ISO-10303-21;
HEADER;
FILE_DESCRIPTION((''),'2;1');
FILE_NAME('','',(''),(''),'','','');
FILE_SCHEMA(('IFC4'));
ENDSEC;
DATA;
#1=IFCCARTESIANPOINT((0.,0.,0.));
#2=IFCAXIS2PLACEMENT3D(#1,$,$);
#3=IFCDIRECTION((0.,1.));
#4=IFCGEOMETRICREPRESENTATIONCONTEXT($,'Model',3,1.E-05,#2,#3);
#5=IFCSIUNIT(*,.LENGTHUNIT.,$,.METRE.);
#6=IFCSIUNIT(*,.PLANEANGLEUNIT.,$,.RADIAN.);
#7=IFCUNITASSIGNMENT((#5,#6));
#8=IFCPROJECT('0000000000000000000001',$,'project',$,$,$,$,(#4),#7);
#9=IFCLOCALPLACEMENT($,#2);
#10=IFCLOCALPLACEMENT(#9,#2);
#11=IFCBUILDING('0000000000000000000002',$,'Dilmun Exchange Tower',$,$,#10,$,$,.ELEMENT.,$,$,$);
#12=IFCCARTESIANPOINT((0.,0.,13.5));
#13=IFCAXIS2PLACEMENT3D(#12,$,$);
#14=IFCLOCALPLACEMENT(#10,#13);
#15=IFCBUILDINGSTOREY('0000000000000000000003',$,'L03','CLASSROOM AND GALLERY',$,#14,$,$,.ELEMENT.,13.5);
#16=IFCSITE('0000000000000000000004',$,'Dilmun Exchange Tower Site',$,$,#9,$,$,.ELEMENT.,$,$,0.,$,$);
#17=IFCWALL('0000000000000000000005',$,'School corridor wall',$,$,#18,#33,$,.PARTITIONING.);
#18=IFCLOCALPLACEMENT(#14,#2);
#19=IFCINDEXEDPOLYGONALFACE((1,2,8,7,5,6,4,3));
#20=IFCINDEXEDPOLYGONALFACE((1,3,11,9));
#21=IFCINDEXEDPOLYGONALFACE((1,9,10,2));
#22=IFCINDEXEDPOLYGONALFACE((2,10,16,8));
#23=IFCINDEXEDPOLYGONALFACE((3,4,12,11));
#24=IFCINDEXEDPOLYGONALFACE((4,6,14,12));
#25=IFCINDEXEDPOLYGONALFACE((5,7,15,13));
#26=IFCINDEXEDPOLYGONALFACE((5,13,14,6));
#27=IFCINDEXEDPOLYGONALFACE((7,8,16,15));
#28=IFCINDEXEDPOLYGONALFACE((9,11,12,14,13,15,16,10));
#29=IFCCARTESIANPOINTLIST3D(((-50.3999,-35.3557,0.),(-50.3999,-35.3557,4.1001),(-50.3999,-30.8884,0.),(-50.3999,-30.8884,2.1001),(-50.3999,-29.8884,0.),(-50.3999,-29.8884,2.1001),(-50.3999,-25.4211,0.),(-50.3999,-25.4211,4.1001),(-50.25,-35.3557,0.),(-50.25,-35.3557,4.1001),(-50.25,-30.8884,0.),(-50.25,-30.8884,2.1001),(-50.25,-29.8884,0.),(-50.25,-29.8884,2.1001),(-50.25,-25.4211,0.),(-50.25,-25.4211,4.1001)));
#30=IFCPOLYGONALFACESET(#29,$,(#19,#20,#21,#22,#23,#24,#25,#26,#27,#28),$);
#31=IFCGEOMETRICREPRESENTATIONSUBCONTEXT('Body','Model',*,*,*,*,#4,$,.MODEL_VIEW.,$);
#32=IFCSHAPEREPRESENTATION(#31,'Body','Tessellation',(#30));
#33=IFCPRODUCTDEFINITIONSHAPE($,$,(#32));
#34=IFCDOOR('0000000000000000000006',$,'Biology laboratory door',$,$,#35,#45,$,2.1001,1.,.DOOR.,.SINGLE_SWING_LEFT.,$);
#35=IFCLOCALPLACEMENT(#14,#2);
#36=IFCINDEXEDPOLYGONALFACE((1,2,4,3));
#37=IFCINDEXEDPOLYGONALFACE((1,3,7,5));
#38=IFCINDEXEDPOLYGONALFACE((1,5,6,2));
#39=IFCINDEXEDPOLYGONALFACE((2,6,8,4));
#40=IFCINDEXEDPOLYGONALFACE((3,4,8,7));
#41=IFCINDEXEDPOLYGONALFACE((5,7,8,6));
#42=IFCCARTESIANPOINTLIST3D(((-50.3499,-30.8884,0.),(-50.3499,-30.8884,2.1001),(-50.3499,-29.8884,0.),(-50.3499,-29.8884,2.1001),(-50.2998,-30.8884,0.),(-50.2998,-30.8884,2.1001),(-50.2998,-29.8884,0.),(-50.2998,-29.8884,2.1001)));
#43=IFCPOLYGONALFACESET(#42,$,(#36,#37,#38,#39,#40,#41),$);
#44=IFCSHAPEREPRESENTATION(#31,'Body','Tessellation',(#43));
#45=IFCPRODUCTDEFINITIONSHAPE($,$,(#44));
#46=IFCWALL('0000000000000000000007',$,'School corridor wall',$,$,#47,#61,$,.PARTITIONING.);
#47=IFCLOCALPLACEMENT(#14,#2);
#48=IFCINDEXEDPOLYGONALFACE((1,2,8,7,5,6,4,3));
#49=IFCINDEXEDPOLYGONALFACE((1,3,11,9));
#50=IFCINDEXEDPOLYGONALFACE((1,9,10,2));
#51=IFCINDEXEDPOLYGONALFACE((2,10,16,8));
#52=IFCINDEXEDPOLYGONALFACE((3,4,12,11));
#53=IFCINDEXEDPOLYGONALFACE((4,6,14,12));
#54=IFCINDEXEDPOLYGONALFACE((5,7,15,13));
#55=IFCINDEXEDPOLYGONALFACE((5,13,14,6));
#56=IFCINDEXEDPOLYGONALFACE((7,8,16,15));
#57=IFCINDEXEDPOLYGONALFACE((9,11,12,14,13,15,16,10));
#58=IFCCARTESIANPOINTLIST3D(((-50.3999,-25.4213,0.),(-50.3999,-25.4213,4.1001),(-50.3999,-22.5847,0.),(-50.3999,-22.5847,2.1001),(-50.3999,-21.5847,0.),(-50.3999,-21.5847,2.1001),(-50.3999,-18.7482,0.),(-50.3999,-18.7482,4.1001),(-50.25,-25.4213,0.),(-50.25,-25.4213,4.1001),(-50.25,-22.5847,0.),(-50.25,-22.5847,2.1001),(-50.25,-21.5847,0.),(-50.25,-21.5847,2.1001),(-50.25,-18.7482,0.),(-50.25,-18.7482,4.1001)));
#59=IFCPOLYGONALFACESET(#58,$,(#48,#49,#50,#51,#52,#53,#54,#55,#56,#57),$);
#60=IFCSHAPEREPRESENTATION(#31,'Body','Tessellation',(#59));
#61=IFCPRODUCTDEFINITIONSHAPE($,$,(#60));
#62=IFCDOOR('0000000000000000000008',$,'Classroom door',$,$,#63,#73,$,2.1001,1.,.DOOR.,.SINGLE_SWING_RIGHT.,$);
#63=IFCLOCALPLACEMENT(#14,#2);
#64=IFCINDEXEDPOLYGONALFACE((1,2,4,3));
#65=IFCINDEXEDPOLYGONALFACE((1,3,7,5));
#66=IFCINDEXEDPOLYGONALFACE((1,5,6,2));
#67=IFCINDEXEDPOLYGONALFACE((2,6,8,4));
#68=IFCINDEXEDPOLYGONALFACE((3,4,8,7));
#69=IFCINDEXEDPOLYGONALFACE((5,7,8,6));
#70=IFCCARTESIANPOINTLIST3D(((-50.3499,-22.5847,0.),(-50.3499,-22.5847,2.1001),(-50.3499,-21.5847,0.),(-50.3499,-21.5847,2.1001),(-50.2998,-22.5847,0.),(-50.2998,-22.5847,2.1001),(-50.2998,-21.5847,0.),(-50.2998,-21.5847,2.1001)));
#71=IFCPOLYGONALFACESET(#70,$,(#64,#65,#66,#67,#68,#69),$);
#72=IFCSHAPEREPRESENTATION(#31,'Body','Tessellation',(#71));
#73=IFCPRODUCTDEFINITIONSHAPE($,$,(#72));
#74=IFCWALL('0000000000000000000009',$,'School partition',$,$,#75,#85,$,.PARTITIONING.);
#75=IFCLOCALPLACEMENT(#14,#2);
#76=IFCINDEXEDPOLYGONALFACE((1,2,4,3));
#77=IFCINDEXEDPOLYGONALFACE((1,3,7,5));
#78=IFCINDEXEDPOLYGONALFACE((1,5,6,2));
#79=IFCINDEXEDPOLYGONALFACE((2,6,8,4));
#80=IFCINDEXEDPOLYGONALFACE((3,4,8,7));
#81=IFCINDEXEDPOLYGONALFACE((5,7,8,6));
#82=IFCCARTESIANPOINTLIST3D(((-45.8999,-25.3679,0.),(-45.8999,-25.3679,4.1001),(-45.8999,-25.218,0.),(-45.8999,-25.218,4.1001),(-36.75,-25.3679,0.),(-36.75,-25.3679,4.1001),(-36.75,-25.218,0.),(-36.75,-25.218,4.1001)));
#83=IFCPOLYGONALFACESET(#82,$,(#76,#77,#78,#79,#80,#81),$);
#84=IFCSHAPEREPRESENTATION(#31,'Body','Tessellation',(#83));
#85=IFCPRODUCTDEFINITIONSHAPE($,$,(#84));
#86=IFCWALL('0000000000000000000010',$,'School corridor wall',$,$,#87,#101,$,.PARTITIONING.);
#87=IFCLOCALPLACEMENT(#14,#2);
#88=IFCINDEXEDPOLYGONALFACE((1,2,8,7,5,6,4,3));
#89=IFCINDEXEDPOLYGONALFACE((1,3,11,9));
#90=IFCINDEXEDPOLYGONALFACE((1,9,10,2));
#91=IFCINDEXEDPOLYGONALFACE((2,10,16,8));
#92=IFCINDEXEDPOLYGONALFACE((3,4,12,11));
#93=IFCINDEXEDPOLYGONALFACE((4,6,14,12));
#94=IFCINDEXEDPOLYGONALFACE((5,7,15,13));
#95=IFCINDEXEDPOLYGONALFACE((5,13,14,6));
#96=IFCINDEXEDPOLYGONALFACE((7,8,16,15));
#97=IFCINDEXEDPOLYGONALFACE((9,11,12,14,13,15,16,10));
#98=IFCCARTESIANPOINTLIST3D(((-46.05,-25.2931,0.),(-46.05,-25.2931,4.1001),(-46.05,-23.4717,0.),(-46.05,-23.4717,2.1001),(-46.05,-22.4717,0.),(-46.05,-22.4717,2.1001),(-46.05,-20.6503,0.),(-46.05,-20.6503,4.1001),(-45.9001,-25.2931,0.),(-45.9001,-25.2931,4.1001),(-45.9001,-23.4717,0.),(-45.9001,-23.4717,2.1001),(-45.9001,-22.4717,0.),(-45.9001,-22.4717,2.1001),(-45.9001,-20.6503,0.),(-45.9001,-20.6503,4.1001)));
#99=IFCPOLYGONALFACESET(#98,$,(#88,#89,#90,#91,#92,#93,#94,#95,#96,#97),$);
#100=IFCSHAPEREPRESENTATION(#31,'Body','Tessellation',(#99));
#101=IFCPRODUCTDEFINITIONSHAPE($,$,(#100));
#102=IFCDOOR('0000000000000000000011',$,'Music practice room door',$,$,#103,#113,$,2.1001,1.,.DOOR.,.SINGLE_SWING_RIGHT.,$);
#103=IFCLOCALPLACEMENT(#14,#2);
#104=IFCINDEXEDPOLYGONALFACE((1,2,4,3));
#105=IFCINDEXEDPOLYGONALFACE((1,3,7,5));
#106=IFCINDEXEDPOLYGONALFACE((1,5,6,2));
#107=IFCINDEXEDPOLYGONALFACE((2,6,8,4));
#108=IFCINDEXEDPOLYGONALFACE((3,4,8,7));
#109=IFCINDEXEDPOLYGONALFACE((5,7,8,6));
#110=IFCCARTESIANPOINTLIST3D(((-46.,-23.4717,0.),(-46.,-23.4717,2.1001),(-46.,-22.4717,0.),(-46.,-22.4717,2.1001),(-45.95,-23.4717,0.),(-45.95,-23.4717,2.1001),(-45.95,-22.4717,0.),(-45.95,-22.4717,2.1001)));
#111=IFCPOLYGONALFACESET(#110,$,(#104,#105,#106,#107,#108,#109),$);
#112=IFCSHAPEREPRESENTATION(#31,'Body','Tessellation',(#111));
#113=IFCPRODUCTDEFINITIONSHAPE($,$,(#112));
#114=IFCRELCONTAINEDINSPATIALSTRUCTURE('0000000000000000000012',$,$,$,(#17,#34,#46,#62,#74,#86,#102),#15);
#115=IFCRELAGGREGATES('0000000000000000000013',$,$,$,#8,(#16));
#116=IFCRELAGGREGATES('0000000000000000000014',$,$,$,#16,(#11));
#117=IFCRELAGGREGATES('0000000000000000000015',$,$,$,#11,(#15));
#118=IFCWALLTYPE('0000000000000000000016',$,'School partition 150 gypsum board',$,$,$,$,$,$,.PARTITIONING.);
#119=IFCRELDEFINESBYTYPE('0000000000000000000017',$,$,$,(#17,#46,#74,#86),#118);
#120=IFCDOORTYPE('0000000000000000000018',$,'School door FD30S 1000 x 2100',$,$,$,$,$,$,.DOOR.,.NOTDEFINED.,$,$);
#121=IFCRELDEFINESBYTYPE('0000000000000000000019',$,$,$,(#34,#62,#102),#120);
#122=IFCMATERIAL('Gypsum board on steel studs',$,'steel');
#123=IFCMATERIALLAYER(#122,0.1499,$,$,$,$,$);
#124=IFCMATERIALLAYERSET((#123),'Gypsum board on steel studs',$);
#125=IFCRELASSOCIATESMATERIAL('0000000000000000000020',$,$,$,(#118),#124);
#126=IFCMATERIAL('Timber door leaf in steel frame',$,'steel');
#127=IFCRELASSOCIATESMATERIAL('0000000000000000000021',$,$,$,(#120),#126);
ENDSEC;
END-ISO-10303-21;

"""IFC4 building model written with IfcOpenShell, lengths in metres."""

from ifc_helpers import new_model, si_unit, direction, frame, frame_2d, origin, place, context, subcontext, project, spatial, rectangle, extrude, material, layer, layer_set, type_object, element, fill, save


model = new_model("IFC4")

# Units and contexts
model_context = context("Model", 3, precision=1e-05, world=origin(), true_north=direction((0.0, 1.0)))
body_context = subcontext(model_context, "Body", "Model", "MODEL_VIEW")
ifc_project = project(units=[si_unit("LENGTHUNIT", "METRE"), si_unit("PLANEANGLEUNIT", "RADIAN")], contexts=[model_context])

# Site, building, storey
site_placement = place(None, origin())
site = spatial("IfcSite", under=ifc_project, at=site_placement, Name="Dilmun Exchange Tower Site", CompositionType="ELEMENT", RefElevation=0.0)
building_placement = place(site_placement, origin())
building = spatial("IfcBuilding", under=site, at=building_placement, Name="Dilmun Exchange Tower", CompositionType="ELEMENT")
storey_placement = place(building_placement, frame((0.0, 0.0, 13.5)))
storey = spatial("IfcBuildingStorey", under=building, at=storey_placement, Name="L03", Description="CLASSROOM AND GALLERY", CompositionType="ELEMENT", Elevation=13.5)

# Shared definitions
ifc_material_1 = material(Name="Gypsum board on steel studs", Category="steel")
ifc_layer_1 = layer(ifc_material_1, 0.1499)
ifc_layer_set_1 = layer_set([ifc_layer_1], Name="Gypsum board on steel studs")
wall_type_1 = type_object("IfcWallType", Name="School partition 150 gypsum board", PredefinedType="PARTITIONING", material=ifc_layer_set_1)

# Walls, openings, doors
wall_1_placement = place(storey_placement, frame((-50.325, -35.3557, 0.0), z_axis=(0.0, 0.0, 1.0), x_axis=(0.0, 1.0, 0.0)))
wall_1 = element("IfcWall", 1, at=wall_1_placement, inside=storey, type_object=wall_type_1, Name="School corridor wall", PredefinedType="PARTITIONING", context=body_context, shape_type="SweptSolid", body=[
    extrude(rectangle(XDim=9.9346, YDim=0.1499, at=frame_2d((4.9673, 0.0))), origin(), (0.0, 0.0, 1.0), 4.1001),
])
opening_1_placement = place(wall_1_placement, frame((4.4673, 0.0, 0.0)))
opening_1 = element("IfcOpeningElement", 2, at=opening_1_placement, cuts=wall_1, PredefinedType="OPENING", context=body_context, shape_type="SweptSolid", body=[
    extrude(rectangle(XDim=1.0, YDim=2.1001, at=frame_2d((0.5, 1.05))), frame((0.0, 0.085, 0.0), z_axis=(0.0, -1.0, 0.0), x_axis=(1.0, 0.0, 0.0)), (0.0, 0.0, 1.0), 0.1699),
])
ifc_material_2 = material(Name="Timber door leaf in steel frame", Category="steel")
door_type = type_object("IfcDoorType", Name="School door FD30S 1000 x 2100", OperationType="NOTDEFINED", PredefinedType="DOOR", material=ifc_material_2)
door_1_placement = place(opening_1_placement, origin())
door_1 = element("IfcDoor", 3, at=door_1_placement, inside=storey, type_object=door_type, Name="Biology laboratory door", OperationType="SINGLE_SWING_LEFT", OverallHeight=2.1001, OverallWidth=1.0, PredefinedType="DOOR", context=body_context, shape_type="SweptSolid", body=[
    extrude(rectangle(XDim=1.0, YDim=2.1001, at=frame_2d((0.5, 1.05))), frame((0.0, 0.0249, 0.0), z_axis=(0.0, -1.0, 0.0), x_axis=(1.0, 0.0, 0.0)), (0.0, 0.0, 1.0), 0.05),
])
fill(opening_1, door_1)
wall_2_placement = place(storey_placement, frame((-50.325, -25.4211, 0.0), z_axis=(0.0, 0.0, 1.0), x_axis=(0.0, 1.0, 0.0)))
wall_2 = element("IfcWall", 4, at=wall_2_placement, inside=storey, type_object=wall_type_1, Name="School corridor wall", PredefinedType="PARTITIONING", context=body_context, shape_type="SweptSolid", body=[
    extrude(rectangle(XDim=6.6731, YDim=0.1499, at=frame_2d((3.3364, 0.0))), origin(), (0.0, 0.0, 1.0), 4.1001),
])
opening_2_placement = place(wall_2_placement, frame((2.8364, 0.0, 0.0)))
opening_2 = element("IfcOpeningElement", 5, at=opening_2_placement, cuts=wall_2, PredefinedType="OPENING", context=body_context, shape_type="SweptSolid", body=[
    extrude(rectangle(XDim=1.0, YDim=2.1001, at=frame_2d((0.5, 1.05))), frame((0.0, 0.085, 0.0), z_axis=(0.0, -1.0, 0.0), x_axis=(1.0, 0.0, 0.0)), (0.0, 0.0, 1.0), 0.1699),
])
door_2_placement = place(opening_2_placement, origin())
door_2 = element("IfcDoor", 6, at=door_2_placement, inside=storey, type_object=door_type, Name="Classroom door", OperationType="SINGLE_SWING_RIGHT", OverallHeight=2.1001, OverallWidth=1.0, PredefinedType="DOOR", context=body_context, shape_type="SweptSolid", body=[
    extrude(rectangle(XDim=1.0, YDim=2.1001, at=frame_2d((0.5, 1.05))), frame((0.0, 0.0249, 0.0), z_axis=(0.0, -1.0, 0.0), x_axis=(1.0, 0.0, 0.0)), (0.0, 0.0, 1.0), 0.05),
])
fill(opening_2, door_2)

# Wall
wall_3_placement = place(storey_placement, frame((-45.8999, -25.293, 0.0), z_axis=(0.0, 0.0, 1.0), x_axis=(1.0, 0.0, 0.0)))
element("IfcWall", 7, at=wall_3_placement, inside=storey, type_object=wall_type_1, Name="School partition", PredefinedType="PARTITIONING", context=body_context, shape_type="SweptSolid", body=[
    extrude(rectangle(XDim=9.1499, YDim=0.1499, at=frame_2d((4.575, 0.0))), origin(), (0.0, 0.0, 1.0), 4.1001),
])

# Wall, opening, door
wall_4_placement = place(storey_placement, frame((-45.9751, -25.293, 0.0), z_axis=(0.0, 0.0, 1.0), x_axis=(0.0, 1.0, 0.0)))
wall_4 = element("IfcWall", 8, at=wall_4_placement, inside=storey, type_object=wall_type_1, Name="School corridor wall", PredefinedType="PARTITIONING", context=body_context, shape_type="SweptSolid", body=[
    extrude(rectangle(XDim=4.6428, YDim=0.1499, at=frame_2d((2.3213, 0.0))), origin(), (0.0, 0.0, 1.0), 4.1001),
])
opening_3_placement = place(wall_4_placement, frame((1.8213, 0.0, 0.0)))
opening_3 = element("IfcOpeningElement", 9, at=opening_3_placement, cuts=wall_4, PredefinedType="OPENING", context=body_context, shape_type="SweptSolid", body=[
    extrude(rectangle(XDim=1.0, YDim=2.1001, at=frame_2d((0.5, 1.05))), frame((0.0, 0.085, 0.0), z_axis=(0.0, -1.0, 0.0), x_axis=(1.0, 0.0, 0.0)), (0.0, 0.0, 1.0), 0.1699),
])
door_3_placement = place(opening_3_placement, origin())
door_3 = element("IfcDoor", 10, at=door_3_placement, inside=storey, type_object=door_type, Name="Music practice room door", OperationType="SINGLE_SWING_RIGHT", OverallHeight=2.1001, OverallWidth=1.0, PredefinedType="DOOR", context=body_context, shape_type="SweptSolid", body=[
    extrude(rectangle(XDim=1.0, YDim=2.1001, at=frame_2d((0.5, 1.05))), frame((0.0, 0.0249, 0.0), z_axis=(0.0, -1.0, 0.0), x_axis=(1.0, 0.0, 0.0)), (0.0, 0.0, 1.0), 0.05),
])
fill(opening_3, door_3)

save(model, "model.ifc")
